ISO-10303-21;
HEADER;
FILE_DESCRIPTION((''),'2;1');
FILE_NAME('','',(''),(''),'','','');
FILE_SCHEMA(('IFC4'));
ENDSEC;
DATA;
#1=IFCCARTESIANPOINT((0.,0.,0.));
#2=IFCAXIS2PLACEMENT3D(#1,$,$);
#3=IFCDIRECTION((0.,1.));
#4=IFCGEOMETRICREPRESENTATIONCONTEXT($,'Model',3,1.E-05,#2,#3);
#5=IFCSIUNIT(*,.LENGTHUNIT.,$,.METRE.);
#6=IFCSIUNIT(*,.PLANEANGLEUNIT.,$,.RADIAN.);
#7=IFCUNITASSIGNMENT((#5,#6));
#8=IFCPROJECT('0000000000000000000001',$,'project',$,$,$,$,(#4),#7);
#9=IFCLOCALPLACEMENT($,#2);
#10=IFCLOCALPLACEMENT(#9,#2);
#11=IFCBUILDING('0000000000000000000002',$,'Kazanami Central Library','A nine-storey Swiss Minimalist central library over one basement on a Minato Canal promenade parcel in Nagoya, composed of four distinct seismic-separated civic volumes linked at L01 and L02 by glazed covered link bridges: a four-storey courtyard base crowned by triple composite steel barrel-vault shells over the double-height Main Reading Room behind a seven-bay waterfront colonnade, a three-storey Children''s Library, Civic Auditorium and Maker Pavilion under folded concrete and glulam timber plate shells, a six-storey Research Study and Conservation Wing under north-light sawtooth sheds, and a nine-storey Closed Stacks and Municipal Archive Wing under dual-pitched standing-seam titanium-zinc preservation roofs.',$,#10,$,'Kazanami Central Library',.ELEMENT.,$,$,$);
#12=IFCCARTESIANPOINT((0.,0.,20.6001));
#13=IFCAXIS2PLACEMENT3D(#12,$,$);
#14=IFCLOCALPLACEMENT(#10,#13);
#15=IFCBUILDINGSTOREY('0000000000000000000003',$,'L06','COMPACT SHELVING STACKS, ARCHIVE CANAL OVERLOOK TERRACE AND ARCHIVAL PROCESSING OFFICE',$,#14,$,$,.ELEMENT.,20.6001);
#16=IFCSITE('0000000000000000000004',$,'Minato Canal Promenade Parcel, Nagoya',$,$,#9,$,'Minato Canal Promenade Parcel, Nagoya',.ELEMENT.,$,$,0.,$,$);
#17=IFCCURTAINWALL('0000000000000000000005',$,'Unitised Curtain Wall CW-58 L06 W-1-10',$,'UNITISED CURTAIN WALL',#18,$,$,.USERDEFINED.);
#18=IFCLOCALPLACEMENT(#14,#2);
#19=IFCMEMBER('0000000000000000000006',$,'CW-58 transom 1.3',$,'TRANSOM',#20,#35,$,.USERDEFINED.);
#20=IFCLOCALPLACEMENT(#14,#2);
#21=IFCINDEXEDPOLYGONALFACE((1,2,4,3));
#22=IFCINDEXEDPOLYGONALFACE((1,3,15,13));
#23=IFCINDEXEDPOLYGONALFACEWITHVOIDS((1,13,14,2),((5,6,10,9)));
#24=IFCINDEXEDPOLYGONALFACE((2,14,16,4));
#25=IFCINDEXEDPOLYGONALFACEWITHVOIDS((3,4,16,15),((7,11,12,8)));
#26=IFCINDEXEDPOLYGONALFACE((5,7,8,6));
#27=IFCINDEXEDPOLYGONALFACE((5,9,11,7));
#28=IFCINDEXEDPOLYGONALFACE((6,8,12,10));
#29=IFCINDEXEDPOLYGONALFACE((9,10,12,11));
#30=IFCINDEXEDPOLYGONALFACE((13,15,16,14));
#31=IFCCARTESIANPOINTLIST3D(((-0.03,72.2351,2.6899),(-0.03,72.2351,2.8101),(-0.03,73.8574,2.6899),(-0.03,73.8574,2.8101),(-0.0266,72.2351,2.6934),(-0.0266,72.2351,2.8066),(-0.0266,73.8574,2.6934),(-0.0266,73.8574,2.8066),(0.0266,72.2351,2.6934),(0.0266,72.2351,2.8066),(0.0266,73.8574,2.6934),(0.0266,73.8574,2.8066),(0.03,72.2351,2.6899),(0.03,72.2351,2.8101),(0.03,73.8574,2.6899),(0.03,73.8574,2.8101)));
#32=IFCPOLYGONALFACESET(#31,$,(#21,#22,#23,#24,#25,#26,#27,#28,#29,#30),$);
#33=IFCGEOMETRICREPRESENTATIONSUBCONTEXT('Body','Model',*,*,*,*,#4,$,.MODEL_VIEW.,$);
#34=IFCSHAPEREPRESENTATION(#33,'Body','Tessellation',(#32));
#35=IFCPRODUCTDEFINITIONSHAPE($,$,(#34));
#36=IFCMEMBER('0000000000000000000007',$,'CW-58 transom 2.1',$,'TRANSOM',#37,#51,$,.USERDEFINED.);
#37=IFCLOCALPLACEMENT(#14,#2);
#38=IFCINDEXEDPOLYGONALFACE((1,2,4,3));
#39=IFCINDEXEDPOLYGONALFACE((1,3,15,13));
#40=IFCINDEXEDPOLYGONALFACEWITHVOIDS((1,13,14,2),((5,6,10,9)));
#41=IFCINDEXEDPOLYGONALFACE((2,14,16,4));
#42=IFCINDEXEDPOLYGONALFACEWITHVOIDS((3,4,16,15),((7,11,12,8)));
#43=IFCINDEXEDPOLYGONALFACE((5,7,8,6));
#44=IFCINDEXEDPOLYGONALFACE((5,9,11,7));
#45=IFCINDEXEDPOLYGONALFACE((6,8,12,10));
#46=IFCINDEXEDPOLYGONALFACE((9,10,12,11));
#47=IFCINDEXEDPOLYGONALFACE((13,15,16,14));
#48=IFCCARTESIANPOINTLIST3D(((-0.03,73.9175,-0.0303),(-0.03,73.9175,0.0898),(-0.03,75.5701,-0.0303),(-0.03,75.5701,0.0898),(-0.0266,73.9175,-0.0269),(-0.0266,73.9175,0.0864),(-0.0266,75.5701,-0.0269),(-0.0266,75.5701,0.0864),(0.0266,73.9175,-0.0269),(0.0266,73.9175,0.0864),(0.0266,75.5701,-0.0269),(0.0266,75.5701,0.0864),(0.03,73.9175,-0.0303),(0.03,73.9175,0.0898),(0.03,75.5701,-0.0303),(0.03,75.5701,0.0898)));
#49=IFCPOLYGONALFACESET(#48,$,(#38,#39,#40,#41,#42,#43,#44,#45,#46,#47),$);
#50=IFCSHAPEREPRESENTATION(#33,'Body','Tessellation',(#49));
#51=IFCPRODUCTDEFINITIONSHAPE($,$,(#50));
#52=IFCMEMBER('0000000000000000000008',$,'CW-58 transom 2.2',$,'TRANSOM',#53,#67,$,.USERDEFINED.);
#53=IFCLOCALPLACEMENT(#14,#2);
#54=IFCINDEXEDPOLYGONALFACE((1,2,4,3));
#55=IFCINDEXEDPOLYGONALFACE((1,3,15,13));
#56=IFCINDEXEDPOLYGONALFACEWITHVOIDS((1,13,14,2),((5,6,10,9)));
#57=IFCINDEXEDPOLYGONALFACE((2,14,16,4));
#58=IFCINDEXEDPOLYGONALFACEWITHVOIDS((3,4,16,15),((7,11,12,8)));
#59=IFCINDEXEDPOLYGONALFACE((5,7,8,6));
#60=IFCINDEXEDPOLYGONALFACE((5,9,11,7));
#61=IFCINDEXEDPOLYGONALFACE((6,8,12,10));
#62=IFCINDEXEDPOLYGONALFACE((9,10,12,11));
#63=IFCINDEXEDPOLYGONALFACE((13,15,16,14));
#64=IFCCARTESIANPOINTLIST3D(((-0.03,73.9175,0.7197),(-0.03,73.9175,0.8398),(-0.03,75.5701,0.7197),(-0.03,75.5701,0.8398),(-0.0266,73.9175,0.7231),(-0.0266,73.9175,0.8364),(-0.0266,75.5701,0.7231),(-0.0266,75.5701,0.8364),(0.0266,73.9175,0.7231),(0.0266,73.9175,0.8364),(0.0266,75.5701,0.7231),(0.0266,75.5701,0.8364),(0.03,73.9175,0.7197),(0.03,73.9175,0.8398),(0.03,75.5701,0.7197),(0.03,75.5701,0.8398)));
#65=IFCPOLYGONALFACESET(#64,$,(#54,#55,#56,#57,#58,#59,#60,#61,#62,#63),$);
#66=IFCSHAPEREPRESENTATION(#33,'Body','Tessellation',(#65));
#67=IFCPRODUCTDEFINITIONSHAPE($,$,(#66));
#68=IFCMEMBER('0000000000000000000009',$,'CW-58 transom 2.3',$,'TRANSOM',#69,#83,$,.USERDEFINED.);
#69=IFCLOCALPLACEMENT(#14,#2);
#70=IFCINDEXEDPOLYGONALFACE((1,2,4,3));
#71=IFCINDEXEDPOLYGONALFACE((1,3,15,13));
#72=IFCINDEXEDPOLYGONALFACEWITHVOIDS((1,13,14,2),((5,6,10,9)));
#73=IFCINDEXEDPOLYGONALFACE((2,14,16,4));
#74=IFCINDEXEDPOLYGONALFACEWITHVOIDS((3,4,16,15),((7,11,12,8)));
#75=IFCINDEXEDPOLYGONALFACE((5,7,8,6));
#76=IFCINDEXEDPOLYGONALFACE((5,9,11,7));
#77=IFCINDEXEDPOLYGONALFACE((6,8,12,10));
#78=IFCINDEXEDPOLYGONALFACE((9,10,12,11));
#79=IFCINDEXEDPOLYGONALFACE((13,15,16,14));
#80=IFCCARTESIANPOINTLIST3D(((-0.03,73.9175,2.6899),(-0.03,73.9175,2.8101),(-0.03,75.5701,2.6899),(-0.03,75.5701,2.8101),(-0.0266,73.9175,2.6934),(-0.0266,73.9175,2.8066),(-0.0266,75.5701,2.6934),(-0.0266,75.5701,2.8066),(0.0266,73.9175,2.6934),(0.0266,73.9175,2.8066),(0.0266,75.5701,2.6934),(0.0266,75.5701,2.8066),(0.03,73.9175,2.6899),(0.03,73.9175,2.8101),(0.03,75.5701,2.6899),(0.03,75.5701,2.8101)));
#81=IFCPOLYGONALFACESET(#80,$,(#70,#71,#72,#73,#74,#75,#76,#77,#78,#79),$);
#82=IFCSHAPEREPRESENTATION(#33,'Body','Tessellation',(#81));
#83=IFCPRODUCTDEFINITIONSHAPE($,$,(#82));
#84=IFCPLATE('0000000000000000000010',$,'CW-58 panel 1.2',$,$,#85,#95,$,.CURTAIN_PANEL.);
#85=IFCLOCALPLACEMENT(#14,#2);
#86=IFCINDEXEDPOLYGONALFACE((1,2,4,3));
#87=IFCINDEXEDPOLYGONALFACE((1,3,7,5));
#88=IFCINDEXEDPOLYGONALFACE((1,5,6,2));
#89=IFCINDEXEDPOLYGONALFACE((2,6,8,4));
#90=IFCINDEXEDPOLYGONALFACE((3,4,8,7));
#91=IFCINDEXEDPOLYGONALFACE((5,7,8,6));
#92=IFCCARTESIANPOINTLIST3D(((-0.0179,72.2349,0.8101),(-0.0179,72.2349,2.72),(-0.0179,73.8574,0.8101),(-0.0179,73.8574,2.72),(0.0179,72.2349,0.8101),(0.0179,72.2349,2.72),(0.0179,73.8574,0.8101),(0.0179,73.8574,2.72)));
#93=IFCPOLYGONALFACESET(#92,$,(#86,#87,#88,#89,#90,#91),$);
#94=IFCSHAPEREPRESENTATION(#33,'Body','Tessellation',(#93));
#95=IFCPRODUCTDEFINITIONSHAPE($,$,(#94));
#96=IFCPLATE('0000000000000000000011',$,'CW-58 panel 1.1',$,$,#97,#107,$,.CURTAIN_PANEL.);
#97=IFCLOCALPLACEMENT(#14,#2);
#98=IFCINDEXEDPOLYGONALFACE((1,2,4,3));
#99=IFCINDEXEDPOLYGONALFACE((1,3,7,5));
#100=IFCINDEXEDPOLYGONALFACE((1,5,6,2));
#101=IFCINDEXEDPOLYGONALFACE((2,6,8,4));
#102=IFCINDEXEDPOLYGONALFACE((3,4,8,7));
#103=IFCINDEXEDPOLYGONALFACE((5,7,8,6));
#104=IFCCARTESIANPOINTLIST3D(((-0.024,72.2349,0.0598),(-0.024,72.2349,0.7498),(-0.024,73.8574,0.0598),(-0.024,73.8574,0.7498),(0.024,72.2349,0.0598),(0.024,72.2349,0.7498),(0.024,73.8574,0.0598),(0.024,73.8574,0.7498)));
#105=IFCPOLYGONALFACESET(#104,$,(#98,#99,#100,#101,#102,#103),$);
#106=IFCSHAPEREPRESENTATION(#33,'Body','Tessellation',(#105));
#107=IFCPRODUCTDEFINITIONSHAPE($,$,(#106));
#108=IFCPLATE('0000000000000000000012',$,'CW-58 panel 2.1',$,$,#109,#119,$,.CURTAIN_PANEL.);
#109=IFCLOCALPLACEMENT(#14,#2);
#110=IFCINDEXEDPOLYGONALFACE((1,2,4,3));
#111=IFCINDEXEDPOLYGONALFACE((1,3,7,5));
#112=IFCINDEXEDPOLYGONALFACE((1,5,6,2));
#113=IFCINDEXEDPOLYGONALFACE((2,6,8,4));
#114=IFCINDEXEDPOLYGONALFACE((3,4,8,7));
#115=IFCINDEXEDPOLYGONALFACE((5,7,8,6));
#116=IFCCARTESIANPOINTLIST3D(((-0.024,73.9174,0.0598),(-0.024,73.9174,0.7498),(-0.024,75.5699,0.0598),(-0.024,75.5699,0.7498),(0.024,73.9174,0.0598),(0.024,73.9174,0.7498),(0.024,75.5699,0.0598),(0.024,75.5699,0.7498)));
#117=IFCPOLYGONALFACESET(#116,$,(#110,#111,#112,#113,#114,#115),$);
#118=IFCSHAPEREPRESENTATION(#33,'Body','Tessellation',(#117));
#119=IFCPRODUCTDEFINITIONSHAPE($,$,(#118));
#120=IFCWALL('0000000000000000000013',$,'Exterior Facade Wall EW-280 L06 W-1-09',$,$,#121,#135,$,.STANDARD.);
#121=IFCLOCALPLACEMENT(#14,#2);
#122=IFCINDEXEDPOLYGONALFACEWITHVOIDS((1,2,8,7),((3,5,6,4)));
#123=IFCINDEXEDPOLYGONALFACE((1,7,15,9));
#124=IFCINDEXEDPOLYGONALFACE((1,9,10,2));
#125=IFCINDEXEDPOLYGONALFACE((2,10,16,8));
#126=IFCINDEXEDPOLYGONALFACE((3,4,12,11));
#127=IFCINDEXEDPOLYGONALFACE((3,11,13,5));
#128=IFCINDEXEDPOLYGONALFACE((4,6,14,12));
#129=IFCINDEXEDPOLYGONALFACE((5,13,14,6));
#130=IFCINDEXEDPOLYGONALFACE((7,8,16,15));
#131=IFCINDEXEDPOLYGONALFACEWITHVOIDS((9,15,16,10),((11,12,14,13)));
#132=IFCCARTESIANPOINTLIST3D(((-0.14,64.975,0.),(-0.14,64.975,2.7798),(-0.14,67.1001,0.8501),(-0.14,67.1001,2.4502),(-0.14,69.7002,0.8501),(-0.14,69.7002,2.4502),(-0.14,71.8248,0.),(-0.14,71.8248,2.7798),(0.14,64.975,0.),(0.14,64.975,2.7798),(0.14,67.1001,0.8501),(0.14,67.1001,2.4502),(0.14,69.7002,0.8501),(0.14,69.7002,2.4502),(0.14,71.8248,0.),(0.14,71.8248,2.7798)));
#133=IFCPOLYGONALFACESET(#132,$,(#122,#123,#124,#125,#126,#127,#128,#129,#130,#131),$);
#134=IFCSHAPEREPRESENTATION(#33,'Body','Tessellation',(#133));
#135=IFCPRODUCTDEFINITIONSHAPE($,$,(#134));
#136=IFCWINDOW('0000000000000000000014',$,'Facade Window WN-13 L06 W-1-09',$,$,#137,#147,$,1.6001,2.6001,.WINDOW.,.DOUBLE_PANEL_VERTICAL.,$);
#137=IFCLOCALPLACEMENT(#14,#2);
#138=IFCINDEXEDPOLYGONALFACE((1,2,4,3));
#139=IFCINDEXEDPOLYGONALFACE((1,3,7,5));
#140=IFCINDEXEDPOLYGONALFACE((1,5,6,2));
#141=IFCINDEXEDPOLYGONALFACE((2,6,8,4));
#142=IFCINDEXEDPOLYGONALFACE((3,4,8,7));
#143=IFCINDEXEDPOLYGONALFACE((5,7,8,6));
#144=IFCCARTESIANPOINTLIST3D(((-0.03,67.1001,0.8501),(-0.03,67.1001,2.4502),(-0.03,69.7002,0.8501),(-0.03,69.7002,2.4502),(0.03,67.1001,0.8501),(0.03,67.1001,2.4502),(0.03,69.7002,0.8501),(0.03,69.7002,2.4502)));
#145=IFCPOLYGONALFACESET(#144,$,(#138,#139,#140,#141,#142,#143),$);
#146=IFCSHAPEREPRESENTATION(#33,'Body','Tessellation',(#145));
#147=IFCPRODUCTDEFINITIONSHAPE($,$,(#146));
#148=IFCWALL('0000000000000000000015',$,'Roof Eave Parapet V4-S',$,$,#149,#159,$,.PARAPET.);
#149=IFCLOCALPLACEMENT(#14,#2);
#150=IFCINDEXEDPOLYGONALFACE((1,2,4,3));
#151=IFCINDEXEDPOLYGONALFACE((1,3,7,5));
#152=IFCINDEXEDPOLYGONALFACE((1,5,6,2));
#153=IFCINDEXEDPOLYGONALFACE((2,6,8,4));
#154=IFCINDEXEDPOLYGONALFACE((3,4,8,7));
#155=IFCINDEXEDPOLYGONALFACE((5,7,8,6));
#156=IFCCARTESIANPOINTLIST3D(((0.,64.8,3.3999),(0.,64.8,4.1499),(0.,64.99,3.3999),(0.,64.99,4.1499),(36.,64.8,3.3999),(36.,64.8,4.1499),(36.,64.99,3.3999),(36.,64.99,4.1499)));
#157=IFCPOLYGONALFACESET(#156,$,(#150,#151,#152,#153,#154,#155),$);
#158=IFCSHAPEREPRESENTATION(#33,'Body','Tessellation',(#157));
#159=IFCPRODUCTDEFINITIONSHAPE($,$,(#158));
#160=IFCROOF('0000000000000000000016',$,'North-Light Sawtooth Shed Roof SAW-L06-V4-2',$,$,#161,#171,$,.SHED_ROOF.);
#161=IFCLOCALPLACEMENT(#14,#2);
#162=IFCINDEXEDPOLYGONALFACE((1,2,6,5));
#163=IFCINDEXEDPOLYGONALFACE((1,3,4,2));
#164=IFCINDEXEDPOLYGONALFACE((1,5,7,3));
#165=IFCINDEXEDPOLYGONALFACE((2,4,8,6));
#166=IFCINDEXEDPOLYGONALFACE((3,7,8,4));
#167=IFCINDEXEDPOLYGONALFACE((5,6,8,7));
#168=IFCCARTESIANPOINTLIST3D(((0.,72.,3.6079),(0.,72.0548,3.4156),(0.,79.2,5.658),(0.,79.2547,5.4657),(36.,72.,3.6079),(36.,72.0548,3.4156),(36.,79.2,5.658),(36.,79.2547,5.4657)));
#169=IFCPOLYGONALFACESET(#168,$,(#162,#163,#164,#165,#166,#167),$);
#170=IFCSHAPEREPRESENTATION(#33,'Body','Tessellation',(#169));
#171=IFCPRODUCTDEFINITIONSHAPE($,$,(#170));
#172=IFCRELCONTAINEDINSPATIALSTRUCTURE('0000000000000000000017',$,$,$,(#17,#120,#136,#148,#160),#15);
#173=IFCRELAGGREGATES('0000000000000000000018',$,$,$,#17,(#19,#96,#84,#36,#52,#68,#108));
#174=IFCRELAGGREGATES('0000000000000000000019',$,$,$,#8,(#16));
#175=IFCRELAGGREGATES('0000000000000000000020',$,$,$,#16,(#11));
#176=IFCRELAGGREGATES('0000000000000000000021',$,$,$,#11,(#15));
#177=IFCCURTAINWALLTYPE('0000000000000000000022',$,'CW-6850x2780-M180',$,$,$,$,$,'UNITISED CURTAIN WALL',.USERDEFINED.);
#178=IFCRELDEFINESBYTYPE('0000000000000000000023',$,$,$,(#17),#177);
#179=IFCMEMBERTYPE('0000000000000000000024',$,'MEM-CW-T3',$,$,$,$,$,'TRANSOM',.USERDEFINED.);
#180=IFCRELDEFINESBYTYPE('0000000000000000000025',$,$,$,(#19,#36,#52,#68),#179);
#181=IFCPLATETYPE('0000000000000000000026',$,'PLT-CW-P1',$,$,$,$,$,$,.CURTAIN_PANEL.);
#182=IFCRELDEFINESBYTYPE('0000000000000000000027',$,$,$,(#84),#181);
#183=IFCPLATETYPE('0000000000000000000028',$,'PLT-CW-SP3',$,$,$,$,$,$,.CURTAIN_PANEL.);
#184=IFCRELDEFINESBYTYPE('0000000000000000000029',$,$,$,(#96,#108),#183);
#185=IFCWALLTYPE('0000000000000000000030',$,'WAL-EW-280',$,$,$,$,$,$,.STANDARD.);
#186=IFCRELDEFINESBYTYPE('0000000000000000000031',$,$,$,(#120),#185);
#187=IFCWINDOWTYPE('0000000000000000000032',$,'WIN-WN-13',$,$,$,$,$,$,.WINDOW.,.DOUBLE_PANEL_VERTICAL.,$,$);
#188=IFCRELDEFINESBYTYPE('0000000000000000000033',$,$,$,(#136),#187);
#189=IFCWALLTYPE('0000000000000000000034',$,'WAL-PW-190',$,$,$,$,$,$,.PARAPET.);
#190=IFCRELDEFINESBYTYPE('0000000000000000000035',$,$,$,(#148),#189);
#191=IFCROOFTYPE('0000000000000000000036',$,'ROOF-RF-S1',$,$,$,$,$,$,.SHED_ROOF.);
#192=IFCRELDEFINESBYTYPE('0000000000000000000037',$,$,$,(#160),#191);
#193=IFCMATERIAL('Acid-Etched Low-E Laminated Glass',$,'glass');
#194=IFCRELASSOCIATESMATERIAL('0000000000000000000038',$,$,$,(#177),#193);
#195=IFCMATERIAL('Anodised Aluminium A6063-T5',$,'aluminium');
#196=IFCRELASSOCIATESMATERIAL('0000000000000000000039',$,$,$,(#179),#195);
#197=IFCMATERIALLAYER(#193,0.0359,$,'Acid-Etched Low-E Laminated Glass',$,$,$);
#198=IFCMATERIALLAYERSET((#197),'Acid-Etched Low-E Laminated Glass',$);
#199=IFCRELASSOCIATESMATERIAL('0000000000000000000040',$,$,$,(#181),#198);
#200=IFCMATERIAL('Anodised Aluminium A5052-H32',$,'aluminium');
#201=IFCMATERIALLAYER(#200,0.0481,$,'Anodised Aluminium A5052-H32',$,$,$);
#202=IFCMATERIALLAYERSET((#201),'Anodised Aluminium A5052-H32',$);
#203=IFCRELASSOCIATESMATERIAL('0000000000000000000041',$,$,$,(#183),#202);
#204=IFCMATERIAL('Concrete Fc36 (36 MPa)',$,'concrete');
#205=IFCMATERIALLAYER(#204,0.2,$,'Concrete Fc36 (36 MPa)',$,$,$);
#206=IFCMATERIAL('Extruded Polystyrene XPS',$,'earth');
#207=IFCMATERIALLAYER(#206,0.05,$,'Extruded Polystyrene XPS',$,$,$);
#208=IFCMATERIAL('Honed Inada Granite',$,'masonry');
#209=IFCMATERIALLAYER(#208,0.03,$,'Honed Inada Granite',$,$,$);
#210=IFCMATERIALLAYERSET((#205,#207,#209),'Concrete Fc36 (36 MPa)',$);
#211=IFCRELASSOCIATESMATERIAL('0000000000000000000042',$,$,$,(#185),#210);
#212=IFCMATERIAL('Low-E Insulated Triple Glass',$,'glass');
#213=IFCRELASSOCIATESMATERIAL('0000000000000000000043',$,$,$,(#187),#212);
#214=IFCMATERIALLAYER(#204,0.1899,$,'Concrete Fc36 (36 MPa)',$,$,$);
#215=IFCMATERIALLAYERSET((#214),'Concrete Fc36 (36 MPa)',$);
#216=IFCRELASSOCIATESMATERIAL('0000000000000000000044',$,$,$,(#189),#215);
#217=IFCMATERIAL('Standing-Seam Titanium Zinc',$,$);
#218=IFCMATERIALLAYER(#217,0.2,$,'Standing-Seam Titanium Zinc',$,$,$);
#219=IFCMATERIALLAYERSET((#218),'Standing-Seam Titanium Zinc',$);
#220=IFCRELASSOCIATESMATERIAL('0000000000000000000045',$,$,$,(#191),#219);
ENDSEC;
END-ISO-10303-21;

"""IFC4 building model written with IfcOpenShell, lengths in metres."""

from ifc_helpers import new_model, si_unit, direction, frame, frame_2d, origin, origin_2d, place, context, subcontext, project, spatial, polyline, rectangle, hollow_rectangle, outline, extrude, material, layer, layer_set, material_profile, profile_set, type_object, element, fill, aggregate, save


model = new_model("IFC4")

# Units and contexts
model_context = context("Model", 3, precision=1e-05, world=origin(), true_north=direction((0.0, 1.0)))
body_context = subcontext(model_context, "Body", "Model", "MODEL_VIEW")
ifc_project = project(units=[si_unit("LENGTHUNIT", "METRE"), si_unit("PLANEANGLEUNIT", "RADIAN")], contexts=[model_context])

# Site, building, storey
site_placement = place(None, origin())
site = spatial("IfcSite", under=ifc_project, at=site_placement, Name="Minato Canal Promenade Parcel, Nagoya", LongName="Minato Canal Promenade Parcel, Nagoya", CompositionType="ELEMENT", RefElevation=0.0)
building_placement = place(site_placement, origin())
building = spatial("IfcBuilding", under=site, at=building_placement, Name="Kazanami Central Library", Description="A nine-storey Swiss Minimalist central library over one basement on a Minato Canal promenade parcel in Nagoya, composed of four distinct seismic-separated civic volumes linked at L01 and L02 by glazed covered link bridges: a four-storey courtyard base crowned by triple composite steel barrel-vault shells over the double-height Main Reading Room behind a seven-bay waterfront colonnade, a three-storey Children's Library, Civic Auditorium and Maker Pavilion under folded concrete and glulam timber plate shells, a six-storey Research Study and Conservation Wing under north-light sawtooth sheds, and a nine-storey Closed Stacks and Municipal Archive Wing under dual-pitched standing-seam titanium-zinc preservation roofs.", LongName="Kazanami Central Library", CompositionType="ELEMENT")
storey_placement = place(building_placement, frame((0.0, 0.0, 20.6001)))
storey = spatial("IfcBuildingStorey", under=building, at=storey_placement, Name="L06", Description="COMPACT SHELVING STACKS, ARCHIVE CANAL OVERLOOK TERRACE AND ARCHIVAL PROCESSING OFFICE", CompositionType="ELEMENT", Elevation=20.6001)

# Curtain wall, members, plates
ifc_material_1 = material(Name="Acid-Etched Low-E Laminated Glass", Category="glass")
curtain_wall_type = type_object("IfcCurtainWallType", Name="CW-6850x2780-M180", ElementType="UNITISED CURTAIN WALL", PredefinedType="USERDEFINED", material=ifc_material_1)
curtain_wall_placement = place(storey_placement, origin())
curtain_wall = element("IfcCurtainWall", 1, at=curtain_wall_placement, inside=storey, type_object=curtain_wall_type, Name="Unitised Curtain Wall CW-58 L06 W-1-10", ObjectType="UNITISED CURTAIN WALL", PredefinedType="USERDEFINED")
ifc_material_2 = material(Name="Anodised Aluminium A6063-T5", Category="aluminium")
ifc_material_profile_1 = material_profile(ifc_material_2, hollow_rectangle(XDim=0.0601, YDim=0.1201, WallThickness=0.0034, at=origin_2d()), Name="ALU-TRAN-60x120x3.5")
ifc_profile_set_1 = profile_set([ifc_material_profile_1], Name="Anodised Aluminium A6063-T5")
member_type_1 = type_object("IfcMemberType", Name="MEM-CW-T3", ElementType="TRANSOM", PredefinedType="USERDEFINED", material=ifc_profile_set_1)
member_1_placement = place(storey_placement, frame((0.0, 72.2351, 2.75), z_axis=(0.0, 1.0, 0.0), x_axis=(-1.0, 0.0, 0.0)))
member_1 = element("IfcMember", 2, at=member_1_placement, type_object=member_type_1, Name="CW-58 transom 1.3", ObjectType="TRANSOM", PredefinedType="USERDEFINED", context=body_context, shape_type="SweptSolid", body=[
    extrude(hollow_rectangle(XDim=0.0601, YDim=0.1201, WallThickness=0.0034, at=origin_2d()), origin(), (0.0, 0.0, 1.0), 1.6223),
])
member_2_placement = place(storey_placement, frame((0.0, 73.9175, 0.0298), z_axis=(0.0, 1.0, 0.0), x_axis=(-1.0, 0.0, 0.0)))
member_2 = element("IfcMember", 3, at=member_2_placement, type_object=member_type_1, Name="CW-58 transom 2.1", ObjectType="TRANSOM", PredefinedType="USERDEFINED", context=body_context, shape_type="SweptSolid", body=[
    extrude(hollow_rectangle(XDim=0.0601, YDim=0.1201, WallThickness=0.0034, at=origin_2d()), origin(), (0.0, 0.0, 1.0), 1.6526),
])
member_3_placement = place(storey_placement, frame((0.0, 73.9175, 0.7798), z_axis=(0.0, 1.0, 0.0), x_axis=(-1.0, 0.0, 0.0)))
member_3 = element("IfcMember", 4, at=member_3_placement, type_object=member_type_1, Name="CW-58 transom 2.2", ObjectType="TRANSOM", PredefinedType="USERDEFINED", context=body_context, shape_type="SweptSolid", body=[
    extrude(hollow_rectangle(XDim=0.0601, YDim=0.1201, WallThickness=0.0034, at=origin_2d()), origin(), (0.0, 0.0, 1.0), 1.6526),
])
member_4_placement = place(storey_placement, frame((0.0, 73.9175, 2.75), z_axis=(0.0, 1.0, 0.0), x_axis=(-1.0, 0.0, 0.0)))
member_4 = element("IfcMember", 5, at=member_4_placement, type_object=member_type_1, Name="CW-58 transom 2.3", ObjectType="TRANSOM", PredefinedType="USERDEFINED", context=body_context, shape_type="SweptSolid", body=[
    extrude(hollow_rectangle(XDim=0.0601, YDim=0.1201, WallThickness=0.0034, at=origin_2d()), origin(), (0.0, 0.0, 1.0), 1.6526),
])
ifc_layer_1 = layer(ifc_material_1, 0.0359, Name="Acid-Etched Low-E Laminated Glass")
ifc_layer_set_1 = layer_set([ifc_layer_1], Name="Acid-Etched Low-E Laminated Glass")
plate_type_1 = type_object("IfcPlateType", Name="PLT-CW-P1", PredefinedType="CURTAIN_PANEL", material=ifc_layer_set_1)
plate_1_placement = place(storey_placement, frame((0.0, 73.0461, 0.8101), z_axis=(0.0, 0.0, 1.0), x_axis=(0.0, 1.0, 0.0)))
plate_1 = element("IfcPlate", 6, at=plate_1_placement, type_object=plate_type_1, Name="CW-58 panel 1.2", PredefinedType="CURTAIN_PANEL", context=body_context, shape_type="SweptSolid", body=[
    extrude(rectangle(XDim=1.6226, YDim=0.0359, at=origin_2d()), origin(), (0.0, 0.0, 1.0), 1.9099),
])
ifc_material_3 = material(Name="Anodised Aluminium A5052-H32", Category="aluminium")
ifc_layer_2 = layer(ifc_material_3, 0.0481, Name="Anodised Aluminium A5052-H32")
ifc_layer_set_2 = layer_set([ifc_layer_2], Name="Anodised Aluminium A5052-H32")
plate_type_2 = type_object("IfcPlateType", Name="PLT-CW-SP3", PredefinedType="CURTAIN_PANEL", material=ifc_layer_set_2)
plate_2_placement = place(storey_placement, frame((0.0, 73.0461, 0.0598), z_axis=(0.0, 0.0, 1.0), x_axis=(0.0, 1.0, 0.0)))
plate_2 = element("IfcPlate", 7, at=plate_2_placement, type_object=plate_type_2, Name="CW-58 panel 1.1", PredefinedType="CURTAIN_PANEL", context=body_context, shape_type="SweptSolid", body=[
    extrude(rectangle(XDim=1.6226, YDim=0.0481, at=origin_2d()), origin(), (0.0, 0.0, 1.0), 0.6899),
])
plate_3_placement = place(storey_placement, frame((0.0, 74.7437, 0.0598), z_axis=(0.0, 0.0, 1.0), x_axis=(0.0, 1.0, 0.0)))
plate_3 = element("IfcPlate", 8, at=plate_3_placement, type_object=plate_type_2, Name="CW-58 panel 2.1", PredefinedType="CURTAIN_PANEL", context=body_context, shape_type="SweptSolid", body=[
    extrude(rectangle(XDim=1.6526, YDim=0.0481, at=origin_2d()), origin(), (0.0, 0.0, 1.0), 0.6899),
])
aggregate(curtain_wall, [member_1, plate_2, plate_1, member_2, member_3, member_4, plate_3])

# Wall, opening, window
ifc_material_4 = material(Name="Concrete Fc36 (36 MPa)", Category="concrete")
ifc_layer_3 = layer(ifc_material_4, 0.2, Name="Concrete Fc36 (36 MPa)")
ifc_material_5 = material(Name="Extruded Polystyrene XPS", Category="earth")
ifc_layer_4 = layer(ifc_material_5, 0.05, Name="Extruded Polystyrene XPS")
ifc_material_6 = material(Name="Honed Inada Granite", Category="masonry")
ifc_layer_5 = layer(ifc_material_6, 0.03, Name="Honed Inada Granite")
ifc_layer_set_3 = layer_set([ifc_layer_3, ifc_layer_4, ifc_layer_5], Name="Concrete Fc36 (36 MPa)")
wall_type_1 = type_object("IfcWallType", Name="WAL-EW-280", PredefinedType="STANDARD", material=ifc_layer_set_3)
wall_1_placement = place(storey_placement, frame((0.0, 64.9751, 0.0), z_axis=(0.0, 0.0, 1.0), x_axis=(0.0, 1.0, 0.0)))
wall_1 = element("IfcWall", 9, at=wall_1_placement, inside=storey, type_object=wall_type_1, Name="Exterior Facade Wall EW-280 L06 W-1-09", PredefinedType="STANDARD", context=body_context, shape_type="SweptSolid", body=[
    extrude(rectangle(XDim=6.8499, YDim=0.28, at=frame_2d((3.4248, 0.0))), origin(), (0.0, 0.0, 1.0), 2.7798),
])
opening_placement = place(wall_1_placement, frame((2.125, 0.0, 0.8501)))
opening = element("IfcOpeningElement", 10, at=opening_placement, cuts=wall_1, PredefinedType="OPENING", context=body_context, shape_type="SweptSolid", body=[
    extrude(rectangle(XDim=2.6001, YDim=1.6001, at=frame_2d((1.3, 0.8))), frame((0.0, 0.1519, 0.0), z_axis=(0.0, -1.0, 0.0), x_axis=(1.0, 0.0, 0.0)), (0.0, 0.0, 1.0), 0.304),
])
ifc_material_7 = material(Name="Low-E Insulated Triple Glass", Category="glass")
window_type = type_object("IfcWindowType", Name="WIN-WN-13", PartitioningType="DOUBLE_PANEL_VERTICAL", PredefinedType="WINDOW", material=ifc_material_7)
window_placement = place(opening_placement, origin())
window = element("IfcWindow", 11, at=window_placement, inside=storey, type_object=window_type, Name="Facade Window WN-13 L06 W-1-09", OverallHeight=1.6001, OverallWidth=2.6001, PartitioningType="DOUBLE_PANEL_VERTICAL", PredefinedType="WINDOW", context=body_context, shape_type="SweptSolid", body=[
    extrude(rectangle(XDim=2.6001, YDim=1.6001, at=frame_2d((1.3, 0.8))), frame((0.0, 0.03, 0.0), z_axis=(0.0, -1.0, 0.0), x_axis=(1.0, 0.0, 0.0)), (0.0, 0.0, 1.0), 0.0601),
])
fill(opening, window)

# Wall
ifc_layer_6 = layer(ifc_material_4, 0.1899, Name="Concrete Fc36 (36 MPa)")
ifc_layer_set_4 = layer_set([ifc_layer_6], Name="Concrete Fc36 (36 MPa)")
wall_type_2 = type_object("IfcWallType", Name="WAL-PW-190", PredefinedType="PARAPET", material=ifc_layer_set_4)
wall_2_placement = place(storey_placement, frame((0.0, 64.895, 3.3999), z_axis=(0.0, 0.0, 1.0), x_axis=(1.0, 0.0, 0.0)))
element("IfcWall", 12, at=wall_2_placement, inside=storey, type_object=wall_type_2, Name="Roof Eave Parapet V4-S", PredefinedType="PARAPET", context=body_context, shape_type="SweptSolid", body=[
    extrude(rectangle(XDim=36.0, YDim=0.1899, at=frame_2d((18.0, 0.0))), origin(), (0.0, 0.0, 1.0), 0.75),
])

# Roof
ifc_material_8 = material(Name="Standing-Seam Titanium Zinc")
ifc_layer_7 = layer(ifc_material_8, 0.2, Name="Standing-Seam Titanium Zinc")
ifc_layer_set_5 = layer_set([ifc_layer_7], Name="Standing-Seam Titanium Zinc")
roof_type = type_object("IfcRoofType", Name="ROOF-RF-S1", PredefinedType="SHED_ROOF", material=ifc_layer_set_5)
roof_placement = place(storey_placement, frame((0.0, 72.0, 3.6079), z_axis=(0.0, -0.273847, 0.961773), x_axis=(1.0, 0.0, 0.0)))
element("IfcRoof", 13, at=roof_placement, inside=storey, type_object=roof_type, Name="North-Light Sawtooth Shed Roof SAW-L06-V4-2", PredefinedType="SHED_ROOF", context=body_context, shape_type="SweptSolid", body=[
    extrude(outline(polyline([(0.0, 0.0), (36.0, 0.0), (36.0, 7.4861), (0.0, 7.4861), (0.0, 0.0)])), origin(), (0.0, 0.0, -1.0), 0.2),
])

save(model, "model.ifc")
